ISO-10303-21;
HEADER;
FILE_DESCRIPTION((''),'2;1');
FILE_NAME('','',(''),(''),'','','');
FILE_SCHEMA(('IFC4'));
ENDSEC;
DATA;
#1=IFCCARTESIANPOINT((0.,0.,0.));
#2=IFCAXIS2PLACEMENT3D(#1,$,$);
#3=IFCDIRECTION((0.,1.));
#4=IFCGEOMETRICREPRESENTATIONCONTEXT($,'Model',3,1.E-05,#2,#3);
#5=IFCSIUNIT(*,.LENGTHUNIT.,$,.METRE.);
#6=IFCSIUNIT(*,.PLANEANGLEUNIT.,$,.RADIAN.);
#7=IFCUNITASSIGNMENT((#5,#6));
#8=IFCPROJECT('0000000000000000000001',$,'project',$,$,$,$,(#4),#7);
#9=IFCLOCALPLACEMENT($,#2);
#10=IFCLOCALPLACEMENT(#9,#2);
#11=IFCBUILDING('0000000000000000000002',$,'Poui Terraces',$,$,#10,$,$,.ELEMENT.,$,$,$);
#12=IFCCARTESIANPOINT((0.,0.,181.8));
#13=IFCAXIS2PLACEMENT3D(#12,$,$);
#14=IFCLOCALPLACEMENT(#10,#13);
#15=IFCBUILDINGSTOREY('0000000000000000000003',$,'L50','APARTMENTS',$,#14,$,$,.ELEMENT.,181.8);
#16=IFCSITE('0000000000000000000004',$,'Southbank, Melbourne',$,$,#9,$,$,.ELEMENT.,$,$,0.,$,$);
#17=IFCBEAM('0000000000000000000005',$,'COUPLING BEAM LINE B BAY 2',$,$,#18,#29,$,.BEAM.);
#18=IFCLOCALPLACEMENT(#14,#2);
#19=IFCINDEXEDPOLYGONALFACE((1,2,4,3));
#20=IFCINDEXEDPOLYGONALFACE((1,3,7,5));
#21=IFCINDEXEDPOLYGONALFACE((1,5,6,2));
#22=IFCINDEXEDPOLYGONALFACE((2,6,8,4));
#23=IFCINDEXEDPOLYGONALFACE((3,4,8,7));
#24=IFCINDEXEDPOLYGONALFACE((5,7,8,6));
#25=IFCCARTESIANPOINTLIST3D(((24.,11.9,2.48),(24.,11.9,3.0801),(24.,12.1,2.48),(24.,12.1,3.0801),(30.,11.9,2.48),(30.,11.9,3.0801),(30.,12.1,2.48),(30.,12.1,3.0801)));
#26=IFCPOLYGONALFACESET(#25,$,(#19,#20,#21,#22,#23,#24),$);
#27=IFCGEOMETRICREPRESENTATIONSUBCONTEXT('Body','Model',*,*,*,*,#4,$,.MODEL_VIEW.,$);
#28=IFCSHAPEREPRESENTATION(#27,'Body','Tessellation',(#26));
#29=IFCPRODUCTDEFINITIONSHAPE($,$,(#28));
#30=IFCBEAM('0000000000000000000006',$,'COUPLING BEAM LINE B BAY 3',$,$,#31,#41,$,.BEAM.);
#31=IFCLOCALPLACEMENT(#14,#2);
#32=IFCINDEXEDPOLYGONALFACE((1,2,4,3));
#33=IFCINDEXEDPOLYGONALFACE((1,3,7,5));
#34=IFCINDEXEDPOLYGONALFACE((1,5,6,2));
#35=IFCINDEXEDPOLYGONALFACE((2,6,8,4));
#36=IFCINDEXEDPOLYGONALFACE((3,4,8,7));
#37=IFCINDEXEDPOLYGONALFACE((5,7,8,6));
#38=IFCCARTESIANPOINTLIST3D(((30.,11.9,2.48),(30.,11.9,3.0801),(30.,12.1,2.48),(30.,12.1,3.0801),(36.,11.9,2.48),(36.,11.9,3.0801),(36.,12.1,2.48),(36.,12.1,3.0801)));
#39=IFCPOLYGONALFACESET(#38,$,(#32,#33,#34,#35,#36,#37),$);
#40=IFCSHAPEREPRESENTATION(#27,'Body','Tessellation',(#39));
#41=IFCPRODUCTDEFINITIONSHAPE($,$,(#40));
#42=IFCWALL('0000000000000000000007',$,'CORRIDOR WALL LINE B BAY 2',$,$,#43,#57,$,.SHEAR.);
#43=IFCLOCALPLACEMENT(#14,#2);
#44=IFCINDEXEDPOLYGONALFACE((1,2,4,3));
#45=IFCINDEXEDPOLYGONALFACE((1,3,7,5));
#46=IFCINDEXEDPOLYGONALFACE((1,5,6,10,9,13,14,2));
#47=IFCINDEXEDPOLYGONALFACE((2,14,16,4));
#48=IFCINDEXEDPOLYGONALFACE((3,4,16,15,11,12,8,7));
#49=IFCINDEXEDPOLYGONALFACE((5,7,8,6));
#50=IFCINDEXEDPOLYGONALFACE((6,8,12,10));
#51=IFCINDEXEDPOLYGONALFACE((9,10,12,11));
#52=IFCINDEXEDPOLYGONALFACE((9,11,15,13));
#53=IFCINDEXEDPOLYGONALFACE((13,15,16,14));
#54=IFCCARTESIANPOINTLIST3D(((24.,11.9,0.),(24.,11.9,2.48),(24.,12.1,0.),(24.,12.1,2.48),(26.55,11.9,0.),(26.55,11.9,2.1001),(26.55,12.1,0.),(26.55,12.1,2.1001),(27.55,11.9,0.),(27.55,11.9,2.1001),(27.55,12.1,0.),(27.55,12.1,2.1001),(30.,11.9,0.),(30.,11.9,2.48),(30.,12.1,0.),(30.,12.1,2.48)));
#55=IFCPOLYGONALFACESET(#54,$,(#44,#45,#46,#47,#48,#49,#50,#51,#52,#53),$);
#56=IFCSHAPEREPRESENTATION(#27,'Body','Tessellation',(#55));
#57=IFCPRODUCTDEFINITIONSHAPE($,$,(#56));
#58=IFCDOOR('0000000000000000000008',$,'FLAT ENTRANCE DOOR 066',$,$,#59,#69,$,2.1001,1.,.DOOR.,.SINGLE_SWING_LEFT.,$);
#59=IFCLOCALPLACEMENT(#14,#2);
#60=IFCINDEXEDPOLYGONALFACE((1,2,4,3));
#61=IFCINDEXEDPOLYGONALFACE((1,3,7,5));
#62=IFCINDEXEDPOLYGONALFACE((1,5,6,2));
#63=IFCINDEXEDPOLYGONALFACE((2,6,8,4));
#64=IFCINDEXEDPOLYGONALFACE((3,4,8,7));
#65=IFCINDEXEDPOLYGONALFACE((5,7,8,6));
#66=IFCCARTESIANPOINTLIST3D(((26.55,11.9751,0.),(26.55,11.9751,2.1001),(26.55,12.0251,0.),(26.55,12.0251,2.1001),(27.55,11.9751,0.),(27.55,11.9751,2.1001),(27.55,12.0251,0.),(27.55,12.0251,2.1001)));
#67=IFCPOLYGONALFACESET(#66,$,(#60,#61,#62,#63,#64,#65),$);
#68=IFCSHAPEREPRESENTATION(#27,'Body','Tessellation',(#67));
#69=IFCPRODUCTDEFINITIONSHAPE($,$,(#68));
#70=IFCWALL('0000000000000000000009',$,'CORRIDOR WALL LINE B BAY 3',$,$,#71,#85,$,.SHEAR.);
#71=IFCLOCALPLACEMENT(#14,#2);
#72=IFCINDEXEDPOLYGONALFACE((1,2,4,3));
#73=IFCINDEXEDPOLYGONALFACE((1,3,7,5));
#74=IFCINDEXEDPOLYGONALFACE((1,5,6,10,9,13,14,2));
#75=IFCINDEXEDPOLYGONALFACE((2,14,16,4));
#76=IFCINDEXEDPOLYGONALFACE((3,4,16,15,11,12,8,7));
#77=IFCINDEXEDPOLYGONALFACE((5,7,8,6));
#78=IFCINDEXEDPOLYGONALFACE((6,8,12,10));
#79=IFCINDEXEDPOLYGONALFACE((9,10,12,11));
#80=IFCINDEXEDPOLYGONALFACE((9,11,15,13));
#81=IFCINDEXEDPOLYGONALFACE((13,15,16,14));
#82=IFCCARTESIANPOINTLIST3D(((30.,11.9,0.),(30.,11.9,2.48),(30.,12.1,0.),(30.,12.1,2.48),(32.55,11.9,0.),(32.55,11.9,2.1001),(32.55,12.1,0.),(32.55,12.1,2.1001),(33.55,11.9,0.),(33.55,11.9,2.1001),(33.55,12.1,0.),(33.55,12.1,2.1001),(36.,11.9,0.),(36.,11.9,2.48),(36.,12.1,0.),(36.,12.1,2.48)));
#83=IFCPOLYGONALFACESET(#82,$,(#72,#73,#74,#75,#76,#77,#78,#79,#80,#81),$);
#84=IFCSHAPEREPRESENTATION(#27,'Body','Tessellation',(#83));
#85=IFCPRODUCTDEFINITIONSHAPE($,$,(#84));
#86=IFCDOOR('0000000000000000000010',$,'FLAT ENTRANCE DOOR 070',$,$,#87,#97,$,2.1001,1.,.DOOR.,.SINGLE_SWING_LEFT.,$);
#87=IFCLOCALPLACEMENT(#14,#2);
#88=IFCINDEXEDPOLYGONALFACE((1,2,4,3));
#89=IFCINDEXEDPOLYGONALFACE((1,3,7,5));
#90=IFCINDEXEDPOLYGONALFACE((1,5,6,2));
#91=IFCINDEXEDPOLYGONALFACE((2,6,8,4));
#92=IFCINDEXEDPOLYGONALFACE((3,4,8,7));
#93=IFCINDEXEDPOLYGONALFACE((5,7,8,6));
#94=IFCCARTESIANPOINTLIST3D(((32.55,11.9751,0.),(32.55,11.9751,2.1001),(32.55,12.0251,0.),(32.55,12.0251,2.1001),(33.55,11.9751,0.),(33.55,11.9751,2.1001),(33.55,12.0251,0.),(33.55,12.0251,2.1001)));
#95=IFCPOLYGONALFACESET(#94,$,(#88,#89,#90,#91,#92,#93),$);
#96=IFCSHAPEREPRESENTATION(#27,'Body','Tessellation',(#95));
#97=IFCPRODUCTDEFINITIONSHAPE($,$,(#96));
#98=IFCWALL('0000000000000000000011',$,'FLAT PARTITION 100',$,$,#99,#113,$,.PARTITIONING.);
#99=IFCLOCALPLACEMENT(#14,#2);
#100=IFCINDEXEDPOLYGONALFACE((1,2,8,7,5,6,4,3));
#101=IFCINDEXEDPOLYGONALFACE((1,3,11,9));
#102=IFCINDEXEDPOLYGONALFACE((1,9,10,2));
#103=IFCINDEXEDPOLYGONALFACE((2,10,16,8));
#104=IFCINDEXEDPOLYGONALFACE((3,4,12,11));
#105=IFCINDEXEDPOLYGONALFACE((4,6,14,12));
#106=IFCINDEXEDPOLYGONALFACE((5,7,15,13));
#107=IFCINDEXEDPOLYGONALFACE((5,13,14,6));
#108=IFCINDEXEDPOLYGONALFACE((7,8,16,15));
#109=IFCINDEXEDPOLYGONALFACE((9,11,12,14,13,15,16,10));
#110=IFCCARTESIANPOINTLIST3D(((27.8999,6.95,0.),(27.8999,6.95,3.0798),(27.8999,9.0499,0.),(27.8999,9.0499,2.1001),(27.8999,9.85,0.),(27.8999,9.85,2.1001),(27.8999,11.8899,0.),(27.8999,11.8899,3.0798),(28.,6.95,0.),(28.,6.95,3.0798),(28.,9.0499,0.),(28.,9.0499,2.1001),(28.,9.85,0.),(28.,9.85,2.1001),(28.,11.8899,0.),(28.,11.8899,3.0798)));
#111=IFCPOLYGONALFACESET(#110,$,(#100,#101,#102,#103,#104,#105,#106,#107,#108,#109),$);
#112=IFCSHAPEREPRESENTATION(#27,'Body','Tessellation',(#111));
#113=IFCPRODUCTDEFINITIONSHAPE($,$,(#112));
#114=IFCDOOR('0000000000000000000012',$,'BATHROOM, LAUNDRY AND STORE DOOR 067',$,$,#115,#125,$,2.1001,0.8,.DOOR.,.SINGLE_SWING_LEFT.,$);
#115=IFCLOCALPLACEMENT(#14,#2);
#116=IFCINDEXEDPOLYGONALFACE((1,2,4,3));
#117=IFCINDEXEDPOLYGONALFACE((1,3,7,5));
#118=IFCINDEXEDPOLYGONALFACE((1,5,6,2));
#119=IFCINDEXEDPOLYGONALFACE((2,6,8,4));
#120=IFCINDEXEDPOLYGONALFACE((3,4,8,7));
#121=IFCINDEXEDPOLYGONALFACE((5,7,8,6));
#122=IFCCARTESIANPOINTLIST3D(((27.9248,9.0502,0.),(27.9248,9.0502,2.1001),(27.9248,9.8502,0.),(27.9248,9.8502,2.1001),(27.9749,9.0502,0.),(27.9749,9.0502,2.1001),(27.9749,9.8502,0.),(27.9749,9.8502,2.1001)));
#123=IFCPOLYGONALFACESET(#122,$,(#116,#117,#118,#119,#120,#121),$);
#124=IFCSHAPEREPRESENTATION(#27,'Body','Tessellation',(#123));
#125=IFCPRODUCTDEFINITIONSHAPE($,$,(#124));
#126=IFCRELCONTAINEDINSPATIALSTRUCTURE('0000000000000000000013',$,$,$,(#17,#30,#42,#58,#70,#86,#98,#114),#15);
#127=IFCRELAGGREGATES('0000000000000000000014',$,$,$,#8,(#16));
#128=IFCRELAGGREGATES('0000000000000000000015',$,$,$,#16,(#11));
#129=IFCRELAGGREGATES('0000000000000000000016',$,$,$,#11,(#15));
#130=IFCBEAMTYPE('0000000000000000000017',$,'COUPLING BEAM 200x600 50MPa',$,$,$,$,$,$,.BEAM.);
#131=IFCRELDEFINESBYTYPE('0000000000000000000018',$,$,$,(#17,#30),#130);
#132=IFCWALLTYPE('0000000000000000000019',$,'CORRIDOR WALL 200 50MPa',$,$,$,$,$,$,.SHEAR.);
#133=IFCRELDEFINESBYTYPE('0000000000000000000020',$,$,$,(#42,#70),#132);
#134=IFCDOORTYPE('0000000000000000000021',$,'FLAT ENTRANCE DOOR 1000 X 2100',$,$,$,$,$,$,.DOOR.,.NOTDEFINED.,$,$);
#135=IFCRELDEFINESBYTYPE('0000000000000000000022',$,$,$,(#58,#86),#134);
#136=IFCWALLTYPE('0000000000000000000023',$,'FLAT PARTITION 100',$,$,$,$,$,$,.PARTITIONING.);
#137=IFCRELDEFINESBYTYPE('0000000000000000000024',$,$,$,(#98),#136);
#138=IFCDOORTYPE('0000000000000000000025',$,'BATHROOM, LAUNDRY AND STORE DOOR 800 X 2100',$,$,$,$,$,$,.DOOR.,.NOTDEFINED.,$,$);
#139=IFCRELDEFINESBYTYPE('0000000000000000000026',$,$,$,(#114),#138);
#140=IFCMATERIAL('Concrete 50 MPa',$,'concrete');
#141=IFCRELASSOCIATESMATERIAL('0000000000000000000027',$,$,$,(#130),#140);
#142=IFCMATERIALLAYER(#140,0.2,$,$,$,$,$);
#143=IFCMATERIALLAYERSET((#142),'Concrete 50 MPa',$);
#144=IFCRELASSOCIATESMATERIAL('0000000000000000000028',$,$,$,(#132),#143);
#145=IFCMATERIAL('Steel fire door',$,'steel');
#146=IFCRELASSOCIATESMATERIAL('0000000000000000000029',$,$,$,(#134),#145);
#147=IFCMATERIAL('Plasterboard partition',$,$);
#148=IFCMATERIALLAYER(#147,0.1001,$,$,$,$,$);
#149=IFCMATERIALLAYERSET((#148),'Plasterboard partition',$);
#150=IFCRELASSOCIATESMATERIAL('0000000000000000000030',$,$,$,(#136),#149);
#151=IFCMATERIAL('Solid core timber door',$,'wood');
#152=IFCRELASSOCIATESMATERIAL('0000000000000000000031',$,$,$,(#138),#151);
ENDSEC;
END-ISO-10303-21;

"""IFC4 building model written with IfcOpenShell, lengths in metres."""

from ifc_helpers import new_model, si_unit, direction, frame, frame_2d, origin, origin_2d, place, context, subcontext, project, spatial, rectangle, extrude, source, transform, mapped, material, layer, layer_set, material_profile, profile_set, type_object, element, fill, save


model = new_model("IFC4")

# Units and contexts
model_context = context("Model", 3, precision=1e-05, world=origin(), true_north=direction((0.0, 1.0)))
body_context = subcontext(model_context, "Body", "Model", "MODEL_VIEW")
ifc_project = project(units=[si_unit("LENGTHUNIT", "METRE"), si_unit("PLANEANGLEUNIT", "RADIAN")], contexts=[model_context])

# Site, building, storey
site_placement = place(None, origin())
site = spatial("IfcSite", under=ifc_project, at=site_placement, Name="Southbank, Melbourne", CompositionType="ELEMENT", RefElevation=0.0)
building_placement = place(site_placement, origin())
building = spatial("IfcBuilding", under=site, at=building_placement, Name="Poui Terraces", CompositionType="ELEMENT")
storey_placement = place(building_placement, frame((0.0, 0.0, 181.8)))
storey = spatial("IfcBuildingStorey", under=building, at=storey_placement, Name="L50", Description="APARTMENTS", CompositionType="ELEMENT", Elevation=181.8)

# Beams
ifc_material_1 = material(Name="Concrete 50 MPa", Category="concrete")
ifc_material_profile = material_profile(ifc_material_1, rectangle(XDim=0.2, YDim=0.6001, at=origin_2d()), Name="RC 200x600")
ifc_profile_set = profile_set([ifc_material_profile], Name="Concrete 50 MPa")
beam_type = type_object("IfcBeamType", Name="COUPLING BEAM 200x600 50MPa", PredefinedType="BEAM", material=ifc_profile_set)
shared_shape = source(origin(), body_context, "Body", "SweptSolid", [
    extrude(rectangle(XDim=0.2, YDim=0.6001, at=origin_2d()), origin(), (0.0, 0.0, 1.0), 6.0),
])
for number, where, z_axis, x_axis, name in (
    (1, (24.0, 12.0, 2.78), (1.0, 0.0, 0.0), (0.0, 1.0, 0.0), "COUPLING BEAM LINE B BAY 2"),
    (2, (30.0, 12.0, 2.78), (1.0, 0.0, 0.0), (0.0, 1.0, 0.0), "COUPLING BEAM LINE B BAY 3"),
):
    element("IfcBeam", number, at=place(storey_placement, frame(where, z_axis=z_axis, x_axis=x_axis)), inside=storey, type_object=beam_type, Name=name, PredefinedType="BEAM", context=body_context, shape_type="MappedRepresentation", body=[
        mapped(shared_shape, transform((0.0, 0.0, 0.0))),
    ])

# Walls, openings, doors
ifc_layer_1 = layer(ifc_material_1, 0.2)
ifc_layer_set_1 = layer_set([ifc_layer_1], Name="Concrete 50 MPa")
wall_type_1 = type_object("IfcWallType", Name="CORRIDOR WALL 200 50MPa", PredefinedType="SHEAR", material=ifc_layer_set_1)
wall_1_placement = place(storey_placement, frame((24.0, 12.0, 0.0), z_axis=(0.0, 0.0, 1.0), x_axis=(1.0, 0.0, 0.0)))
wall_1 = element("IfcWall", 3, at=wall_1_placement, inside=storey, type_object=wall_type_1, Name="CORRIDOR WALL LINE B BAY 2", PredefinedType="SHEAR", context=body_context, shape_type="SweptSolid", body=[
    extrude(rectangle(XDim=6.0, YDim=0.2, at=frame_2d((3.0, 0.0))), origin(), (0.0, 0.0, 1.0), 2.48),
])
opening_1_placement = place(wall_1_placement, frame((2.55, 0.0, 0.0)))
opening_1 = element("IfcOpeningElement", 4, at=opening_1_placement, cuts=wall_1, PredefinedType="OPENING", context=body_context, shape_type="SweptSolid", body=[
    extrude(rectangle(XDim=1.0, YDim=2.1001, at=frame_2d((0.5, 1.05))), frame((0.0, 0.1099, 0.0), z_axis=(0.0, -1.0, 0.0), x_axis=(1.0, 0.0, 0.0)), (0.0, 0.0, 1.0), 0.22),
])
ifc_material_2 = material(Name="Steel fire door", Category="steel")
door_type_1 = type_object("IfcDoorType", Name="FLAT ENTRANCE DOOR 1000 X 2100", OperationType="NOTDEFINED", PredefinedType="DOOR", material=ifc_material_2)
door_1_placement = place(opening_1_placement, frame((1.0, 0.0, 0.0), z_axis=(0.0, 0.0, 1.0), x_axis=(-1.0, 0.0, 0.0)))
door_1 = element("IfcDoor", 5, at=door_1_placement, inside=storey, type_object=door_type_1, Name="FLAT ENTRANCE DOOR 066", OperationType="SINGLE_SWING_LEFT", OverallHeight=2.1001, OverallWidth=1.0, PredefinedType="DOOR", context=body_context, shape_type="SweptSolid", body=[
    extrude(rectangle(XDim=1.0, YDim=2.1001, at=frame_2d((0.5, 1.05))), frame((0.0, 0.0249, 0.0), z_axis=(0.0, -1.0, 0.0), x_axis=(1.0, 0.0, 0.0)), (0.0, 0.0, 1.0), 0.05),
])
fill(opening_1, door_1)
wall_2_placement = place(storey_placement, frame((30.0, 12.0, 0.0), z_axis=(0.0, 0.0, 1.0), x_axis=(1.0, 0.0, 0.0)))
wall_2 = element("IfcWall", 6, at=wall_2_placement, inside=storey, type_object=wall_type_1, Name="CORRIDOR WALL LINE B BAY 3", PredefinedType="SHEAR", context=body_context, shape_type="SweptSolid", body=[
    extrude(rectangle(XDim=6.0, YDim=0.2, at=frame_2d((3.0, 0.0))), origin(), (0.0, 0.0, 1.0), 2.48),
])
opening_2_placement = place(wall_2_placement, frame((2.55, 0.0, 0.0)))
opening_2 = element("IfcOpeningElement", 7, at=opening_2_placement, cuts=wall_2, PredefinedType="OPENING", context=body_context, shape_type="SweptSolid", body=[
    extrude(rectangle(XDim=1.0, YDim=2.1001, at=frame_2d((0.5, 1.05))), frame((0.0, 0.1099, 0.0), z_axis=(0.0, -1.0, 0.0), x_axis=(1.0, 0.0, 0.0)), (0.0, 0.0, 1.0), 0.22),
])
door_2_placement = place(opening_2_placement, frame((1.0, 0.0, 0.0), z_axis=(0.0, 0.0, 1.0), x_axis=(-1.0, 0.0, 0.0)))
door_2 = element("IfcDoor", 8, at=door_2_placement, inside=storey, type_object=door_type_1, Name="FLAT ENTRANCE DOOR 070", OperationType="SINGLE_SWING_LEFT", OverallHeight=2.1001, OverallWidth=1.0, PredefinedType="DOOR", context=body_context, shape_type="SweptSolid", body=[
    extrude(rectangle(XDim=1.0, YDim=2.1001, at=frame_2d((0.5, 1.05))), frame((0.0, 0.0249, 0.0), z_axis=(0.0, -1.0, 0.0), x_axis=(1.0, 0.0, 0.0)), (0.0, 0.0, 1.0), 0.05),
])
fill(opening_2, door_2)
ifc_material_3 = material(Name="Plasterboard partition")
ifc_layer_2 = layer(ifc_material_3, 0.1001)
ifc_layer_set_2 = layer_set([ifc_layer_2], Name="Plasterboard partition")
wall_type_2 = type_object("IfcWallType", Name="FLAT PARTITION 100", PredefinedType="PARTITIONING", material=ifc_layer_set_2)
wall_3_placement = place(storey_placement, frame((27.95, 6.95, 0.0), z_axis=(0.0, 0.0, 1.0), x_axis=(0.0, 1.0, 0.0)))
wall_3 = element("IfcWall", 9, at=wall_3_placement, inside=storey, type_object=wall_type_2, Name="FLAT PARTITION 100", PredefinedType="PARTITIONING", context=body_context, shape_type="SweptSolid", body=[
    extrude(rectangle(XDim=4.9399, YDim=0.1001, at=frame_2d((2.47, 0.0))), origin(), (0.0, 0.0, 1.0), 3.0798),
])
opening_3_placement = place(wall_3_placement, frame((2.1001, 0.0, 0.0)))
opening_3 = element("IfcOpeningElement", 10, at=opening_3_placement, cuts=wall_3, PredefinedType="OPENING", context=body_context, shape_type="SweptSolid", body=[
    extrude(rectangle(XDim=0.8, YDim=2.1001, at=frame_2d((0.3999, 1.05))), frame((0.0, 0.0601, 0.0), z_axis=(0.0, -1.0, 0.0), x_axis=(1.0, 0.0, 0.0)), (0.0, 0.0, 1.0), 0.1201),
])
ifc_material_4 = material(Name="Solid core timber door", Category="wood")
door_type_2 = type_object("IfcDoorType", Name="BATHROOM, LAUNDRY AND STORE DOOR 800 X 2100", OperationType="NOTDEFINED", PredefinedType="DOOR", material=ifc_material_4)
door_3_placement = place(opening_3_placement, frame((0.8, 0.0, 0.0), z_axis=(0.0, 0.0, 1.0), x_axis=(-1.0, 0.0, 0.0)))
door_3 = element("IfcDoor", 11, at=door_3_placement, inside=storey, type_object=door_type_2, Name="BATHROOM, LAUNDRY AND STORE DOOR 067", OperationType="SINGLE_SWING_LEFT", OverallHeight=2.1001, OverallWidth=0.8, PredefinedType="DOOR", context=body_context, shape_type="SweptSolid", body=[
    extrude(rectangle(XDim=0.8, YDim=2.1001, at=frame_2d((0.3999, 1.05))), frame((0.0, 0.0249, 0.0), z_axis=(0.0, -1.0, 0.0), x_axis=(1.0, 0.0, 0.0)), (0.0, 0.0, 1.0), 0.05),
])
fill(opening_3, door_3)

save(model, "model.ifc")
